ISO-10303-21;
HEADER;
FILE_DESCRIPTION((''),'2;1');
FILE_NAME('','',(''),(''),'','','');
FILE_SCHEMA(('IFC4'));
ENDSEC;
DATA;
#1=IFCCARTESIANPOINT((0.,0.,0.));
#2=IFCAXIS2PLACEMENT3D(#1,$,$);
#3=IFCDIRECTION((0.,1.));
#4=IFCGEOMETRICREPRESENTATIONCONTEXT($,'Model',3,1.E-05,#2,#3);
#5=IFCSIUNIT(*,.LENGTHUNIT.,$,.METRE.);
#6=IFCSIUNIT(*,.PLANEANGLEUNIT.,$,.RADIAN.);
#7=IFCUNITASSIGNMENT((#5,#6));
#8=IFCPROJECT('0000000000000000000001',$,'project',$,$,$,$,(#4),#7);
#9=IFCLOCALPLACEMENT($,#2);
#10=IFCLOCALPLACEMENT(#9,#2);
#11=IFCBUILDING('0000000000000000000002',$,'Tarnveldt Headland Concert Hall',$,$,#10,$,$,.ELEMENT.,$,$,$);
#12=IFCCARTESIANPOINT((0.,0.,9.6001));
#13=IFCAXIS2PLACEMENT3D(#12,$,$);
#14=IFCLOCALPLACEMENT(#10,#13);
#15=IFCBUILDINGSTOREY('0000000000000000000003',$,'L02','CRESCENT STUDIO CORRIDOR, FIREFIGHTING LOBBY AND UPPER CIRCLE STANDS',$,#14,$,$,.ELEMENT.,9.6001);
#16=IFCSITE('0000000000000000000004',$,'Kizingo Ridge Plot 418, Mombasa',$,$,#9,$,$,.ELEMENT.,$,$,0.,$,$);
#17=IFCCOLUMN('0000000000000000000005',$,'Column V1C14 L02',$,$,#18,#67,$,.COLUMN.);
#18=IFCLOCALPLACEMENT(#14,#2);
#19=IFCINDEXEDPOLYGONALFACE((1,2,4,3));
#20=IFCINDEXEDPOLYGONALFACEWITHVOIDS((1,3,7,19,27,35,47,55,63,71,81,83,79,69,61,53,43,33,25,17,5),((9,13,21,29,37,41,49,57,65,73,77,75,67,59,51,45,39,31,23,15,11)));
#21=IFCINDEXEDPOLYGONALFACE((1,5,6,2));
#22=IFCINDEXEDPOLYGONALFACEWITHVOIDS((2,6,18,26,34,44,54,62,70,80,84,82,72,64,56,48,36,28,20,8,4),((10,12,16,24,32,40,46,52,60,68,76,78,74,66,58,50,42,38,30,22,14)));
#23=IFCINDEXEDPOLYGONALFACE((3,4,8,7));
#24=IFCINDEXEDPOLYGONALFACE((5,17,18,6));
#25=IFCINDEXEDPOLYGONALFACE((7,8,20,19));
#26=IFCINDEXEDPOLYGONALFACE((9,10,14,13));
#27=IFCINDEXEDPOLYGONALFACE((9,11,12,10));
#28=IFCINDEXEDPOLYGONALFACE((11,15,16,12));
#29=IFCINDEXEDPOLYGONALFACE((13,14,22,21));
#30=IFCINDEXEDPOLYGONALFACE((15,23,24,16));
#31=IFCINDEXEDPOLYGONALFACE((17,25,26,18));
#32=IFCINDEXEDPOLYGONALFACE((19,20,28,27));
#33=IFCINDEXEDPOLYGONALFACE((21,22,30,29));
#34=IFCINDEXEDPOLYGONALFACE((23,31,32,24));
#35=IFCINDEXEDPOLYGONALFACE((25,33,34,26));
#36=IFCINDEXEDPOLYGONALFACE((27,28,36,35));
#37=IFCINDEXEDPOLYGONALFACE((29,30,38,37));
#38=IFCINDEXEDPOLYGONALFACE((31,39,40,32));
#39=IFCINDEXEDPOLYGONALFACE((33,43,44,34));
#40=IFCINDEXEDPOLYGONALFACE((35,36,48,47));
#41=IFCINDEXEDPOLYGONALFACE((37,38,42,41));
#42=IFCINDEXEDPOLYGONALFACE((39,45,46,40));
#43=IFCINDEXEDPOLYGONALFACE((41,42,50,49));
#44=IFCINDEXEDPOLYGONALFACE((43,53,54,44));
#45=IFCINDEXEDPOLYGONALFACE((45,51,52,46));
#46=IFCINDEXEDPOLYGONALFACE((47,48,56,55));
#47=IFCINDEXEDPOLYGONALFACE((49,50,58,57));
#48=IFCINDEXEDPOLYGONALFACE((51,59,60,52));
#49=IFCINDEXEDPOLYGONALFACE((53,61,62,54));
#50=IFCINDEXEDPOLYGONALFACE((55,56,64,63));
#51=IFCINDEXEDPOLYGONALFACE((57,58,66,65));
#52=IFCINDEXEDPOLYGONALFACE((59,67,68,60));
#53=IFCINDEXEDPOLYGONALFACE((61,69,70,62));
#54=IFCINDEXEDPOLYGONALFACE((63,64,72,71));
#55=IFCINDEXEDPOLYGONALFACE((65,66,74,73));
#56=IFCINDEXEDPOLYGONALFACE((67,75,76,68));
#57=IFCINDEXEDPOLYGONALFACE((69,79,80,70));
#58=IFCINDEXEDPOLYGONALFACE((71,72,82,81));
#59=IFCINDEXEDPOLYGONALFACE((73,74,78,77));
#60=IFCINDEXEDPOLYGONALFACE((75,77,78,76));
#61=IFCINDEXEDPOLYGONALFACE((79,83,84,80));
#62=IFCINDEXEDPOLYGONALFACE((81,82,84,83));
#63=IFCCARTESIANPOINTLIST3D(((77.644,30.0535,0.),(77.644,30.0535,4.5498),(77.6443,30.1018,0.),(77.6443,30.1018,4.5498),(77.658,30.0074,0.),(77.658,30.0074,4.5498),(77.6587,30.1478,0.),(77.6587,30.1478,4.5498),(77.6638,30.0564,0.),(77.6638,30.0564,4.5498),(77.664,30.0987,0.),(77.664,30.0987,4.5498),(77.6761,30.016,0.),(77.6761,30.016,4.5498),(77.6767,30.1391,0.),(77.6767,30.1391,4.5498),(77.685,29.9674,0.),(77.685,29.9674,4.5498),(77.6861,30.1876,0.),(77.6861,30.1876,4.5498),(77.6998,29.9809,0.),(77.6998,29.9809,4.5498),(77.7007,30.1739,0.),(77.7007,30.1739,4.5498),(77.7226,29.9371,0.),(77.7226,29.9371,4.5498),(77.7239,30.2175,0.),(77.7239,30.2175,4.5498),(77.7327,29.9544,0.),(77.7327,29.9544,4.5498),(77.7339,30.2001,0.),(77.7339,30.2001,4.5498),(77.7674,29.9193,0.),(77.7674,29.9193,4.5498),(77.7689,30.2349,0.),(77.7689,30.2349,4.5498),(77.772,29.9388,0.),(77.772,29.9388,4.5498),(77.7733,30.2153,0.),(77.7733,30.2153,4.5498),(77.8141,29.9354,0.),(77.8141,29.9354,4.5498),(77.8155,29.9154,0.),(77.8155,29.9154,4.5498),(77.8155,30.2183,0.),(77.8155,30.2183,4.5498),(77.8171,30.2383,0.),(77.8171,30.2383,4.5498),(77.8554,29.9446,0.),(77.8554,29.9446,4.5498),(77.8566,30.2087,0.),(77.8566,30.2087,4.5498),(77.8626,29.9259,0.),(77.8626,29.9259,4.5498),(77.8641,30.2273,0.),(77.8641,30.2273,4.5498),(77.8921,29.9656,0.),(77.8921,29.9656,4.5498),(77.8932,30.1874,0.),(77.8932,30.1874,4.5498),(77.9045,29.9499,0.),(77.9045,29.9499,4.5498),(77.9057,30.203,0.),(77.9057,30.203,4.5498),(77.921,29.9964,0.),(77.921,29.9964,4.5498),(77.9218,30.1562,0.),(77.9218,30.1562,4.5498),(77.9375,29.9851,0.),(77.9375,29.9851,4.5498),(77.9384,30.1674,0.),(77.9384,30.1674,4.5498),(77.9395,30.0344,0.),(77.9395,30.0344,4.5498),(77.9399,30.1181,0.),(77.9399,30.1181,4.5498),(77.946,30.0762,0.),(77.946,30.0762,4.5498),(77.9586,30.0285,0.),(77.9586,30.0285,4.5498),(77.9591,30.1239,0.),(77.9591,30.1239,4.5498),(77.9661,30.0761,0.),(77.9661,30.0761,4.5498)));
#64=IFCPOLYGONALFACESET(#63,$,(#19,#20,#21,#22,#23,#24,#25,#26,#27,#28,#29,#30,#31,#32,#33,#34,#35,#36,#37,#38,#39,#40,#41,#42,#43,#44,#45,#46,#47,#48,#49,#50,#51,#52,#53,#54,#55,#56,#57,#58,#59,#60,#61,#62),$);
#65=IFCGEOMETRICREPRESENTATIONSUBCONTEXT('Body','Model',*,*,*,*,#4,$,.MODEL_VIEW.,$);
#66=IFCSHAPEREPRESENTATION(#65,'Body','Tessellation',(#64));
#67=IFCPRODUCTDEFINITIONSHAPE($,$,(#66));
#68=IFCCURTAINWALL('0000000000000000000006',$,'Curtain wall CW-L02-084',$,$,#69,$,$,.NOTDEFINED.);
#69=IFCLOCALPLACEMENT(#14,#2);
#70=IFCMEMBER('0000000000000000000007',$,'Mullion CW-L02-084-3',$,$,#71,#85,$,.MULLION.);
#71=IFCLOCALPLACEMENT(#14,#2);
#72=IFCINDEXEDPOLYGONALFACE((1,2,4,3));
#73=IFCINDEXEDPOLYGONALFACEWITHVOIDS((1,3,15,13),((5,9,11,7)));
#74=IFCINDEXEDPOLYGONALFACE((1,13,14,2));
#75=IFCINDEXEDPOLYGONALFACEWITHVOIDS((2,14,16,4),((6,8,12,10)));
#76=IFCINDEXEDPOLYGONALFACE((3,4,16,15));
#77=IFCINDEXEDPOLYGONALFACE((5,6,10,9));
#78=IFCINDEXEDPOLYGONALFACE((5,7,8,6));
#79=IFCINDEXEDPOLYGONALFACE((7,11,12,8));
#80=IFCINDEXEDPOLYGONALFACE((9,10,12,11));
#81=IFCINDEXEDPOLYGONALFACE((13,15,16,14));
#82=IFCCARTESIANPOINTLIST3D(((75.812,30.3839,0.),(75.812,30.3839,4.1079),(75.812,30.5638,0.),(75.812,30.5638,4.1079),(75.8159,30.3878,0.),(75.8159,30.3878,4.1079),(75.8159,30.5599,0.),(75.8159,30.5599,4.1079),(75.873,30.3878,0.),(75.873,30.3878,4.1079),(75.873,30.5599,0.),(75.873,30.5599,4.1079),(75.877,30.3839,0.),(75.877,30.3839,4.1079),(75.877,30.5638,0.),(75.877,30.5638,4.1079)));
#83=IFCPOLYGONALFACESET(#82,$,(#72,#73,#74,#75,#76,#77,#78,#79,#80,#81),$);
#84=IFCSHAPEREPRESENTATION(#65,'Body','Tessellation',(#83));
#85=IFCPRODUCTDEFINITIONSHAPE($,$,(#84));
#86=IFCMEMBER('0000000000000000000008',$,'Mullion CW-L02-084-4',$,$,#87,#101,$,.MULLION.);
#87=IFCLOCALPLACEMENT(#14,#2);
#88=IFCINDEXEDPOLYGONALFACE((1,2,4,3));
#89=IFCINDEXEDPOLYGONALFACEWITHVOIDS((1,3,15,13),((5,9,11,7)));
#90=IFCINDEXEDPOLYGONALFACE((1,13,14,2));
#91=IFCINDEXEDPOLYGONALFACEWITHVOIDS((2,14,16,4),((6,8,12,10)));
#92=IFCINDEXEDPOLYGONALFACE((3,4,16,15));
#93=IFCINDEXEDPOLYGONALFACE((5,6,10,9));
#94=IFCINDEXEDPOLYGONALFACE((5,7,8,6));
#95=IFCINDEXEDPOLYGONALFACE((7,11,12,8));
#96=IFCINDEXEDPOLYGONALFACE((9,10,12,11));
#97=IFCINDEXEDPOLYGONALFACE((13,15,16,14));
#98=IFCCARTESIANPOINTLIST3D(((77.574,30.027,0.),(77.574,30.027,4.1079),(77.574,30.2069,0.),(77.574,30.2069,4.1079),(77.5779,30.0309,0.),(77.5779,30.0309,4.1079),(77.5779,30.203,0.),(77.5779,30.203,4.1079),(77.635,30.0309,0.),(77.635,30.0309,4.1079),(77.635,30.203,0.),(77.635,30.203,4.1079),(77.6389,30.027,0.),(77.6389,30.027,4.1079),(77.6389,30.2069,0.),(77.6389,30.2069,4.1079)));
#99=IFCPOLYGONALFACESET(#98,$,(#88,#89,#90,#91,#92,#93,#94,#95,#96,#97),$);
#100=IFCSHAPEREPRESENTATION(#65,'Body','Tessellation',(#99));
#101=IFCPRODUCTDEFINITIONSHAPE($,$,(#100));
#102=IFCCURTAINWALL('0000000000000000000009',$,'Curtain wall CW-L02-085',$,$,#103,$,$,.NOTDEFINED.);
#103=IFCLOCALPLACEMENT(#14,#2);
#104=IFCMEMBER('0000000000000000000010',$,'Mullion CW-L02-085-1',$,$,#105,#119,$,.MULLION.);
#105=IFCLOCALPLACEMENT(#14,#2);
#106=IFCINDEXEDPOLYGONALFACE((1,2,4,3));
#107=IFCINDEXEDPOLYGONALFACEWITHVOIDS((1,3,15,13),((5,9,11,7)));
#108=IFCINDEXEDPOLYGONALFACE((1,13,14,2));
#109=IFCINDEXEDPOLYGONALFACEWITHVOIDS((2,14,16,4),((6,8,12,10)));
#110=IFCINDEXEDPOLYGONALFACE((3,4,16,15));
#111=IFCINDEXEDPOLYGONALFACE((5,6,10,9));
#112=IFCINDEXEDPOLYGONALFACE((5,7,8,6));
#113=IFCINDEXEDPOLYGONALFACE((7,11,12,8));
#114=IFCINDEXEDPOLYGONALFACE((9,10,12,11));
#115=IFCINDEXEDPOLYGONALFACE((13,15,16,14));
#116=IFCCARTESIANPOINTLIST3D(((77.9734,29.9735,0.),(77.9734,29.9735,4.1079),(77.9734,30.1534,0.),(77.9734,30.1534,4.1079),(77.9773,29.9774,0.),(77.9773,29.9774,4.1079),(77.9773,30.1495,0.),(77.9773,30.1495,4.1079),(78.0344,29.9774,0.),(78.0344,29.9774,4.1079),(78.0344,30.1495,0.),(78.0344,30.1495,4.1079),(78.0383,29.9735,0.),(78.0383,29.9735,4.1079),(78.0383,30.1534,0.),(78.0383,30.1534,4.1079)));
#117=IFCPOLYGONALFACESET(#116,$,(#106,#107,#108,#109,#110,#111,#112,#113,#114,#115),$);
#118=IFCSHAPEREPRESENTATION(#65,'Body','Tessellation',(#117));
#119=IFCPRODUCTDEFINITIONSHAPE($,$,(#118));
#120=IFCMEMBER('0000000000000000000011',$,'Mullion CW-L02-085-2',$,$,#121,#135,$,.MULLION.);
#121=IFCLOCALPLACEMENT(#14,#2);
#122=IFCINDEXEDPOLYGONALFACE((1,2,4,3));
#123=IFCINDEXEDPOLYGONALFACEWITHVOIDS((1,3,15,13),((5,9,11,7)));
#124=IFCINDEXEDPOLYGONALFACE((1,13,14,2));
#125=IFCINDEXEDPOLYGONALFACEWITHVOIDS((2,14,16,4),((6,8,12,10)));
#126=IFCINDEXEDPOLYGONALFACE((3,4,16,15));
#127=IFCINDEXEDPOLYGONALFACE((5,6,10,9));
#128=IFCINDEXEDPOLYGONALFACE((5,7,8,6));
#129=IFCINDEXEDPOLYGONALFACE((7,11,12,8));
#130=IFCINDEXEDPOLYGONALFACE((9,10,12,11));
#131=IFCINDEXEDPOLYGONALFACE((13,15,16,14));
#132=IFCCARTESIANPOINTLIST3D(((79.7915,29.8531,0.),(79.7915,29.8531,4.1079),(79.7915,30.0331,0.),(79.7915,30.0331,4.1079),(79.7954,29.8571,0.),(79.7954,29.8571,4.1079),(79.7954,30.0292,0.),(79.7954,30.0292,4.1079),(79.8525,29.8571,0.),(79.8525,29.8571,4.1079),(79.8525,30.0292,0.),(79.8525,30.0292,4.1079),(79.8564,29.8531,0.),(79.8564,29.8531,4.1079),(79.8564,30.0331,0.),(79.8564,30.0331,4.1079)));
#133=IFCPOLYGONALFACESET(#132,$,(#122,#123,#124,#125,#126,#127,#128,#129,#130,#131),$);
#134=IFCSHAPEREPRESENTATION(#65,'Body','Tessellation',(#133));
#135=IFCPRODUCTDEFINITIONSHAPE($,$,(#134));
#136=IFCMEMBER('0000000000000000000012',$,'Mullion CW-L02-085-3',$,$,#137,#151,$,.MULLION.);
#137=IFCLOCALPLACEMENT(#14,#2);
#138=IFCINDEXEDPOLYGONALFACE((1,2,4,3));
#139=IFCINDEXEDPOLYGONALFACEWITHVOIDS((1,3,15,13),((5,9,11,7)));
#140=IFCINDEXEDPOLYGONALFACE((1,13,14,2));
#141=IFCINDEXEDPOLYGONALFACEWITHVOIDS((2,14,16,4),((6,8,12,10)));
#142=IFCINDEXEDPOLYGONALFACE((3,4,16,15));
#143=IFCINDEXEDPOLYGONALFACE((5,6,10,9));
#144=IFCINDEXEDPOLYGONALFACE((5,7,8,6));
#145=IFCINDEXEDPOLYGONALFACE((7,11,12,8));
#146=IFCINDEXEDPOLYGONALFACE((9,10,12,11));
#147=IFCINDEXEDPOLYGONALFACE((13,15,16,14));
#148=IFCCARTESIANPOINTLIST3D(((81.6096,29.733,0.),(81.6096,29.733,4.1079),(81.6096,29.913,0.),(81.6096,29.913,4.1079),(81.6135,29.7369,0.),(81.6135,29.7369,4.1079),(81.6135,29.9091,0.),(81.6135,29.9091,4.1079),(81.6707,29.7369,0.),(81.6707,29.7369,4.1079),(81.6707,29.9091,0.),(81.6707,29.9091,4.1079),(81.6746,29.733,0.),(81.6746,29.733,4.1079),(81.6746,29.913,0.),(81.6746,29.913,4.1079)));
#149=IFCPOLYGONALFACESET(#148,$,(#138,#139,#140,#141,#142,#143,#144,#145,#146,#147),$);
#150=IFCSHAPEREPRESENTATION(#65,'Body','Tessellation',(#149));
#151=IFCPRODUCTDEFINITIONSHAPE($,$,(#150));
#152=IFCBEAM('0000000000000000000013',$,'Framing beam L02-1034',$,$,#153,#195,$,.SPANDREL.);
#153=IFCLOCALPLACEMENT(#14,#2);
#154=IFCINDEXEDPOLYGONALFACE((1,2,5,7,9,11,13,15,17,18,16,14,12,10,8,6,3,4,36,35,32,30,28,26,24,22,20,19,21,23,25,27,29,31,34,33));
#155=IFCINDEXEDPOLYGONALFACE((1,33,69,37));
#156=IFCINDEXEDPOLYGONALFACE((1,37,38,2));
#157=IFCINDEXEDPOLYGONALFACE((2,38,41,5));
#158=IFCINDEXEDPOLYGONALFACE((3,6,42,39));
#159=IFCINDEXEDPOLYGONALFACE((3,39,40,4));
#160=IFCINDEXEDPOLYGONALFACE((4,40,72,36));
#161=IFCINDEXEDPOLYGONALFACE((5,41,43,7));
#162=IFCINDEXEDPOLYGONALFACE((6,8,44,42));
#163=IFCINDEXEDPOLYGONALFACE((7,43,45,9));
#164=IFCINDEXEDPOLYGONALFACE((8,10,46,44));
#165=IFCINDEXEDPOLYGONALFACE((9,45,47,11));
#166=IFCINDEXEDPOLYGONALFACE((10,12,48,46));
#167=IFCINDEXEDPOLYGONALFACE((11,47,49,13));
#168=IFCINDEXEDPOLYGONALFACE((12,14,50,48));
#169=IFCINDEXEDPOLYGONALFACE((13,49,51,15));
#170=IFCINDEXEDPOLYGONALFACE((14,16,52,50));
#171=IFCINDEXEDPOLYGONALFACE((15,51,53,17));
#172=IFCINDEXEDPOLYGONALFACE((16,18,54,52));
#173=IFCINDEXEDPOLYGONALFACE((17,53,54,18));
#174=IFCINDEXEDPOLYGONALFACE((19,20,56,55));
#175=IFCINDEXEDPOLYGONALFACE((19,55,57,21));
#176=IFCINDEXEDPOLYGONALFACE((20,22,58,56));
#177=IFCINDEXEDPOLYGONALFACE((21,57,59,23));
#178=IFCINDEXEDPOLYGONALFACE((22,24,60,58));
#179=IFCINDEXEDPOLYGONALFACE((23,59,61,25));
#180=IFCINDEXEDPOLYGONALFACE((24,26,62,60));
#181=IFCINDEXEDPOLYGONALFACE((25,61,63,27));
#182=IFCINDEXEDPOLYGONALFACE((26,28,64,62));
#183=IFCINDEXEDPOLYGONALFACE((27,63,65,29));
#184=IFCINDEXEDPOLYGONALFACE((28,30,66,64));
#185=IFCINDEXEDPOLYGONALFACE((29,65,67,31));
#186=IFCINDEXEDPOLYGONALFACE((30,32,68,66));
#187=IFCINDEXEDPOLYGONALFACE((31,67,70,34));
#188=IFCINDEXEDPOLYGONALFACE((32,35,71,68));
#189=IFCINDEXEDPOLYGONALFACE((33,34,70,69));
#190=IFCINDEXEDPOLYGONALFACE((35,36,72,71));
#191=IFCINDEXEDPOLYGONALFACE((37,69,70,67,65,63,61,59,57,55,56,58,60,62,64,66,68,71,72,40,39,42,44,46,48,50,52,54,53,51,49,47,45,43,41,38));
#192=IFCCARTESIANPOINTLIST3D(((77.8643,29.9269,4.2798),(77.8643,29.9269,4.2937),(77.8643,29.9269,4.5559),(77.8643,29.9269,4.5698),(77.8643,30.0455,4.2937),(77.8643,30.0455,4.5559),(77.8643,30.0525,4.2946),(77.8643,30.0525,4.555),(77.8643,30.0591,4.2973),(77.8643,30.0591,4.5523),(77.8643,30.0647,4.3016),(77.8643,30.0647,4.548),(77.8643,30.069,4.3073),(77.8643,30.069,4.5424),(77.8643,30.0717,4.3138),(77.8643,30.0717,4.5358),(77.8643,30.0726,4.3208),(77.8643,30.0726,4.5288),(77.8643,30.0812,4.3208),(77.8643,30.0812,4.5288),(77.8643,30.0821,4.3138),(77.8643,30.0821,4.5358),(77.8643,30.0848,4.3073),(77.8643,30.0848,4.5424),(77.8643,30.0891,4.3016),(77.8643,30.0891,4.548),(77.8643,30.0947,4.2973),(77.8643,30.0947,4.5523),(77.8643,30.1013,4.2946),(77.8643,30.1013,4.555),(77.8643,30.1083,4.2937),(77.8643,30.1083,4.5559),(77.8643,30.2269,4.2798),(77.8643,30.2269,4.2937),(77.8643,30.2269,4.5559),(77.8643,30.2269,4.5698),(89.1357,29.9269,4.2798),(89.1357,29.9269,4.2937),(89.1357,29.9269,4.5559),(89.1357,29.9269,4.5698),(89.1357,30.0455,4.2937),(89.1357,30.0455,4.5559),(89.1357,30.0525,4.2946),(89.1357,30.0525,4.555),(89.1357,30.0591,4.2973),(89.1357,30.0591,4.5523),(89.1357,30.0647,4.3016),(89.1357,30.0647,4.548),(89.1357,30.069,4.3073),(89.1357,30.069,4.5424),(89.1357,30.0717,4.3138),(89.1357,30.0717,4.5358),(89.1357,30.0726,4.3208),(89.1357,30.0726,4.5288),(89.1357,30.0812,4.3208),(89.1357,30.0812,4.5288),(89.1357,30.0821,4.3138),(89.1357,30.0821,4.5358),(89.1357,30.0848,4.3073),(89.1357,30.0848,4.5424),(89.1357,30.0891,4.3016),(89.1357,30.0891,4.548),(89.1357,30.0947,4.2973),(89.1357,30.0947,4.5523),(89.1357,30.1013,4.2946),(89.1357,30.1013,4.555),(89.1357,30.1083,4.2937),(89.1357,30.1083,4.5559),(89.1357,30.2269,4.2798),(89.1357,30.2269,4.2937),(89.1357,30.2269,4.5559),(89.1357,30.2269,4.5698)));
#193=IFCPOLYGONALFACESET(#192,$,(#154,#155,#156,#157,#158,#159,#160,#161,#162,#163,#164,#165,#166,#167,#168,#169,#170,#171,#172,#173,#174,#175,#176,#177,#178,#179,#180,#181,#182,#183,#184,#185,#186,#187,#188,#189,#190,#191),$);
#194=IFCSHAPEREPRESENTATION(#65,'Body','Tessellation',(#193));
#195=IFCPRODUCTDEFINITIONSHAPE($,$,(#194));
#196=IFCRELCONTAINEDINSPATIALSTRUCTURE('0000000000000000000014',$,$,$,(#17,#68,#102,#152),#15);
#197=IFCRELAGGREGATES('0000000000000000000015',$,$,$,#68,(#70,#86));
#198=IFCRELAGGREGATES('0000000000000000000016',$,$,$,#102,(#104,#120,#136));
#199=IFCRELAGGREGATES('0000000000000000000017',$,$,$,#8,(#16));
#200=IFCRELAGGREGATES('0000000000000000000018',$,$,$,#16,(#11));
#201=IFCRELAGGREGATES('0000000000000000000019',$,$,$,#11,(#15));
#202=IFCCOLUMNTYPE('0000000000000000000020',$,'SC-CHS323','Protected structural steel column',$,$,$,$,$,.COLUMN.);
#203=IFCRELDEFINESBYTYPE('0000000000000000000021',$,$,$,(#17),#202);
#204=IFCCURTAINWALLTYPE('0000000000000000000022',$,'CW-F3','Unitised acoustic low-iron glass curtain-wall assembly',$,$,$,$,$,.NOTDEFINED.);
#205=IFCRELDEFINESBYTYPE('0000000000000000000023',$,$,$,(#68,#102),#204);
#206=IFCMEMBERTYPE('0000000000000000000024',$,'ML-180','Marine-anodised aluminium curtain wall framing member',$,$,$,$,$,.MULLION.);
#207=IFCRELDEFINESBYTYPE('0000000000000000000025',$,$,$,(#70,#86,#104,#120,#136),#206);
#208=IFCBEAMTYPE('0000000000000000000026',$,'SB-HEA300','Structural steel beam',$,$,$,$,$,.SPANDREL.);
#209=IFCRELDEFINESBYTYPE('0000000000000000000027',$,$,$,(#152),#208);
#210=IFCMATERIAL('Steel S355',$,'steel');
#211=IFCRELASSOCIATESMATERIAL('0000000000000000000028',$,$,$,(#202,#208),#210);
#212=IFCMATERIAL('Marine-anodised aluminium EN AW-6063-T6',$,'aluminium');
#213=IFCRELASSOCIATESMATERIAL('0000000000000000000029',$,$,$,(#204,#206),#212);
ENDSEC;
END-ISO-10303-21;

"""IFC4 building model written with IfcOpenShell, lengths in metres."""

from ifc_helpers import new_model, si_unit, direction, frame, origin, origin_2d, place, context, subcontext, project, spatial, hollow_rectangle, hollow_circle, i_section, extrude, material, material_profile, profile_set, type_object, element, aggregate, save


model = new_model("IFC4")

# Units and contexts
model_context = context("Model", 3, precision=1e-05, world=origin(), true_north=direction((0.0, 1.0)))
body_context = subcontext(model_context, "Body", "Model", "MODEL_VIEW")
ifc_project = project(units=[si_unit("LENGTHUNIT", "METRE"), si_unit("PLANEANGLEUNIT", "RADIAN")], contexts=[model_context])

# Site, building, storey
site_placement = place(None, origin())
site = spatial("IfcSite", under=ifc_project, at=site_placement, Name="Kizingo Ridge Plot 418, Mombasa", CompositionType="ELEMENT", RefElevation=0.0)
building_placement = place(site_placement, origin())
building = spatial("IfcBuilding", under=site, at=building_placement, Name="Tarnveldt Headland Concert Hall", CompositionType="ELEMENT")
storey_placement = place(building_placement, frame((0.0, 0.0, 9.6001)))
storey = spatial("IfcBuildingStorey", under=building, at=storey_placement, Name="L02", Description="CRESCENT STUDIO CORRIDOR, FIREFIGHTING LOBBY AND UPPER CIRCLE STANDS", CompositionType="ELEMENT", Elevation=9.6001)

# Column
ifc_material_1 = material(Name="Steel S355", Category="steel")
ifc_material_profile_1 = material_profile(ifc_material_1, hollow_circle(Radius=0.1619, WallThickness=0.02, at=origin_2d()), Name="CHS 323.9x20", Category="steel")
ifc_profile_set_1 = profile_set([ifc_material_profile_1], Name="Steel S355")
column_type = type_object("IfcColumnType", Name="SC-CHS323", Description="Protected structural steel column", PredefinedType="COLUMN", material=ifc_profile_set_1)
column_placement = place(storey_placement, frame((77.8042, 30.0769, 0.0), z_axis=(0.0, 0.0, 1.0), x_axis=(-0.227161, -0.973857, 0.0)))
element("IfcColumn", 1, at=column_placement, inside=storey, type_object=column_type, Name="Column V1C14 L02", PredefinedType="COLUMN", context=body_context, shape_type="SweptSolid", body=[
    extrude(hollow_circle(Radius=0.1619, WallThickness=0.02, at=origin_2d()), origin(), (0.0, 0.0, 1.0), 4.5498),
])

# Curtain walls, members
ifc_material_2 = material(Name="Marine-anodised aluminium EN AW-6063-T6", Category="aluminium")
curtain_wall_type = type_object("IfcCurtainWallType", Name="CW-F3", Description="Unitised acoustic low-iron glass curtain-wall assembly", PredefinedType="NOTDEFINED", material=ifc_material_2)
curtain_wall_1_placement = place(storey_placement, origin())
curtain_wall_1 = element("IfcCurtainWall", 2, at=curtain_wall_1_placement, inside=storey, type_object=curtain_wall_type, Name="Curtain wall CW-L02-084", PredefinedType="NOTDEFINED")
ifc_material_profile_2 = material_profile(ifc_material_2, hollow_rectangle(XDim=0.0649, YDim=0.1799, WallThickness=0.0039, at=origin_2d()), Name="ALU MULLION 65x180x4", Category="aluminium")
ifc_profile_set_2 = profile_set([ifc_material_profile_2], Name="Marine-anodised aluminium EN AW-6063-T6")
member_type_1 = type_object("IfcMemberType", Name="ML-180", Description="Marine-anodised aluminium curtain wall framing member", PredefinedType="MULLION", material=ifc_profile_set_2)
member_1_placement = place(storey_placement, frame((75.8445, 30.4739, 0.0), z_axis=(0.0, 0.0, 1.0), x_axis=(1.0, 0.0, 0.0)))
member_1 = element("IfcMember", 3, at=member_1_placement, type_object=member_type_1, Name="Mullion CW-L02-084-3", PredefinedType="MULLION", context=body_context, shape_type="SweptSolid", body=[
    extrude(hollow_rectangle(XDim=0.0649, YDim=0.1799, WallThickness=0.0039, at=origin_2d()), origin(), (0.0, 0.0, 1.0), 4.1079),
])
member_2_placement = place(storey_placement, frame((77.6064, 30.1169, 0.0), z_axis=(0.0, 0.0, 1.0), x_axis=(1.0, 0.0, 0.0)))
member_2 = element("IfcMember", 4, at=member_2_placement, type_object=member_type_1, Name="Mullion CW-L02-084-4", PredefinedType="MULLION", context=body_context, shape_type="SweptSolid", body=[
    extrude(hollow_rectangle(XDim=0.0649, YDim=0.1799, WallThickness=0.0039, at=origin_2d()), origin(), (0.0, 0.0, 1.0), 4.1079),
])
curtain_wall_2_placement = place(storey_placement, origin())
curtain_wall_2 = element("IfcCurtainWall", 5, at=curtain_wall_2_placement, inside=storey, type_object=curtain_wall_type, Name="Curtain wall CW-L02-085", PredefinedType="NOTDEFINED")
member_3_placement = place(storey_placement, frame((78.0059, 30.0635, 0.0), z_axis=(0.0, 0.0, 1.0), x_axis=(1.0, 0.0, 0.0)))
member_3 = element("IfcMember", 6, at=member_3_placement, type_object=member_type_1, Name="Mullion CW-L02-085-1", PredefinedType="MULLION", context=body_context, shape_type="SweptSolid", body=[
    extrude(hollow_rectangle(XDim=0.0649, YDim=0.1799, WallThickness=0.0039, at=origin_2d()), origin(), (0.0, 0.0, 1.0), 4.1079),
])
member_4_placement = place(storey_placement, frame((79.824, 29.9431, 0.0), z_axis=(0.0, 0.0, 1.0), x_axis=(1.0, 0.0, 0.0)))
member_4 = element("IfcMember", 7, at=member_4_placement, type_object=member_type_1, Name="Mullion CW-L02-085-2", PredefinedType="MULLION", context=body_context, shape_type="SweptSolid", body=[
    extrude(hollow_rectangle(XDim=0.0649, YDim=0.1799, WallThickness=0.0039, at=origin_2d()), origin(), (0.0, 0.0, 1.0), 4.1079),
])
member_5_placement = place(storey_placement, frame((81.6421, 29.823, 0.0), z_axis=(0.0, 0.0, 1.0), x_axis=(1.0, 0.0, 0.0)))
member_5 = element("IfcMember", 8, at=member_5_placement, type_object=member_type_1, Name="Mullion CW-L02-085-3", PredefinedType="MULLION", context=body_context, shape_type="SweptSolid", body=[
    extrude(hollow_rectangle(XDim=0.0649, YDim=0.1799, WallThickness=0.0039, at=origin_2d()), origin(), (0.0, 0.0, 1.0), 4.1079),
])

# Beam
ifc_material_profile_3 = material_profile(ifc_material_1, i_section(OverallWidth=0.3, OverallDepth=0.29, WebThickness=0.0085, FlangeThickness=0.0139, FilletRadius=0.0271, at=origin_2d()), Name="HEA300", Category="steel")
ifc_profile_set_3 = profile_set([ifc_material_profile_3], Name="Steel S355")
beam_type = type_object("IfcBeamType", Name="SB-HEA300", Description="Structural steel beam", PredefinedType="SPANDREL", material=ifc_profile_set_3)
beam_placement = place(storey_placement, frame((77.8643, 30.0769, 4.4248), z_axis=(1.0, 0.0, 0.0), x_axis=(0.0, 1.0, 0.0)))
element("IfcBeam", 9, at=beam_placement, inside=storey, type_object=beam_type, Name="Framing beam L02-1034", PredefinedType="SPANDREL", context=body_context, shape_type="SweptSolid", body=[
    extrude(i_section(OverallWidth=0.3, OverallDepth=0.29, WebThickness=0.0085, FlangeThickness=0.0139, FilletRadius=0.0271, at=origin_2d()), origin(), (0.0, 0.0, 1.0), 11.2715),
])

aggregate(curtain_wall_1, [member_1, member_2])
aggregate(curtain_wall_2, [member_3, member_4, member_5])

save(model, "model.ifc")
